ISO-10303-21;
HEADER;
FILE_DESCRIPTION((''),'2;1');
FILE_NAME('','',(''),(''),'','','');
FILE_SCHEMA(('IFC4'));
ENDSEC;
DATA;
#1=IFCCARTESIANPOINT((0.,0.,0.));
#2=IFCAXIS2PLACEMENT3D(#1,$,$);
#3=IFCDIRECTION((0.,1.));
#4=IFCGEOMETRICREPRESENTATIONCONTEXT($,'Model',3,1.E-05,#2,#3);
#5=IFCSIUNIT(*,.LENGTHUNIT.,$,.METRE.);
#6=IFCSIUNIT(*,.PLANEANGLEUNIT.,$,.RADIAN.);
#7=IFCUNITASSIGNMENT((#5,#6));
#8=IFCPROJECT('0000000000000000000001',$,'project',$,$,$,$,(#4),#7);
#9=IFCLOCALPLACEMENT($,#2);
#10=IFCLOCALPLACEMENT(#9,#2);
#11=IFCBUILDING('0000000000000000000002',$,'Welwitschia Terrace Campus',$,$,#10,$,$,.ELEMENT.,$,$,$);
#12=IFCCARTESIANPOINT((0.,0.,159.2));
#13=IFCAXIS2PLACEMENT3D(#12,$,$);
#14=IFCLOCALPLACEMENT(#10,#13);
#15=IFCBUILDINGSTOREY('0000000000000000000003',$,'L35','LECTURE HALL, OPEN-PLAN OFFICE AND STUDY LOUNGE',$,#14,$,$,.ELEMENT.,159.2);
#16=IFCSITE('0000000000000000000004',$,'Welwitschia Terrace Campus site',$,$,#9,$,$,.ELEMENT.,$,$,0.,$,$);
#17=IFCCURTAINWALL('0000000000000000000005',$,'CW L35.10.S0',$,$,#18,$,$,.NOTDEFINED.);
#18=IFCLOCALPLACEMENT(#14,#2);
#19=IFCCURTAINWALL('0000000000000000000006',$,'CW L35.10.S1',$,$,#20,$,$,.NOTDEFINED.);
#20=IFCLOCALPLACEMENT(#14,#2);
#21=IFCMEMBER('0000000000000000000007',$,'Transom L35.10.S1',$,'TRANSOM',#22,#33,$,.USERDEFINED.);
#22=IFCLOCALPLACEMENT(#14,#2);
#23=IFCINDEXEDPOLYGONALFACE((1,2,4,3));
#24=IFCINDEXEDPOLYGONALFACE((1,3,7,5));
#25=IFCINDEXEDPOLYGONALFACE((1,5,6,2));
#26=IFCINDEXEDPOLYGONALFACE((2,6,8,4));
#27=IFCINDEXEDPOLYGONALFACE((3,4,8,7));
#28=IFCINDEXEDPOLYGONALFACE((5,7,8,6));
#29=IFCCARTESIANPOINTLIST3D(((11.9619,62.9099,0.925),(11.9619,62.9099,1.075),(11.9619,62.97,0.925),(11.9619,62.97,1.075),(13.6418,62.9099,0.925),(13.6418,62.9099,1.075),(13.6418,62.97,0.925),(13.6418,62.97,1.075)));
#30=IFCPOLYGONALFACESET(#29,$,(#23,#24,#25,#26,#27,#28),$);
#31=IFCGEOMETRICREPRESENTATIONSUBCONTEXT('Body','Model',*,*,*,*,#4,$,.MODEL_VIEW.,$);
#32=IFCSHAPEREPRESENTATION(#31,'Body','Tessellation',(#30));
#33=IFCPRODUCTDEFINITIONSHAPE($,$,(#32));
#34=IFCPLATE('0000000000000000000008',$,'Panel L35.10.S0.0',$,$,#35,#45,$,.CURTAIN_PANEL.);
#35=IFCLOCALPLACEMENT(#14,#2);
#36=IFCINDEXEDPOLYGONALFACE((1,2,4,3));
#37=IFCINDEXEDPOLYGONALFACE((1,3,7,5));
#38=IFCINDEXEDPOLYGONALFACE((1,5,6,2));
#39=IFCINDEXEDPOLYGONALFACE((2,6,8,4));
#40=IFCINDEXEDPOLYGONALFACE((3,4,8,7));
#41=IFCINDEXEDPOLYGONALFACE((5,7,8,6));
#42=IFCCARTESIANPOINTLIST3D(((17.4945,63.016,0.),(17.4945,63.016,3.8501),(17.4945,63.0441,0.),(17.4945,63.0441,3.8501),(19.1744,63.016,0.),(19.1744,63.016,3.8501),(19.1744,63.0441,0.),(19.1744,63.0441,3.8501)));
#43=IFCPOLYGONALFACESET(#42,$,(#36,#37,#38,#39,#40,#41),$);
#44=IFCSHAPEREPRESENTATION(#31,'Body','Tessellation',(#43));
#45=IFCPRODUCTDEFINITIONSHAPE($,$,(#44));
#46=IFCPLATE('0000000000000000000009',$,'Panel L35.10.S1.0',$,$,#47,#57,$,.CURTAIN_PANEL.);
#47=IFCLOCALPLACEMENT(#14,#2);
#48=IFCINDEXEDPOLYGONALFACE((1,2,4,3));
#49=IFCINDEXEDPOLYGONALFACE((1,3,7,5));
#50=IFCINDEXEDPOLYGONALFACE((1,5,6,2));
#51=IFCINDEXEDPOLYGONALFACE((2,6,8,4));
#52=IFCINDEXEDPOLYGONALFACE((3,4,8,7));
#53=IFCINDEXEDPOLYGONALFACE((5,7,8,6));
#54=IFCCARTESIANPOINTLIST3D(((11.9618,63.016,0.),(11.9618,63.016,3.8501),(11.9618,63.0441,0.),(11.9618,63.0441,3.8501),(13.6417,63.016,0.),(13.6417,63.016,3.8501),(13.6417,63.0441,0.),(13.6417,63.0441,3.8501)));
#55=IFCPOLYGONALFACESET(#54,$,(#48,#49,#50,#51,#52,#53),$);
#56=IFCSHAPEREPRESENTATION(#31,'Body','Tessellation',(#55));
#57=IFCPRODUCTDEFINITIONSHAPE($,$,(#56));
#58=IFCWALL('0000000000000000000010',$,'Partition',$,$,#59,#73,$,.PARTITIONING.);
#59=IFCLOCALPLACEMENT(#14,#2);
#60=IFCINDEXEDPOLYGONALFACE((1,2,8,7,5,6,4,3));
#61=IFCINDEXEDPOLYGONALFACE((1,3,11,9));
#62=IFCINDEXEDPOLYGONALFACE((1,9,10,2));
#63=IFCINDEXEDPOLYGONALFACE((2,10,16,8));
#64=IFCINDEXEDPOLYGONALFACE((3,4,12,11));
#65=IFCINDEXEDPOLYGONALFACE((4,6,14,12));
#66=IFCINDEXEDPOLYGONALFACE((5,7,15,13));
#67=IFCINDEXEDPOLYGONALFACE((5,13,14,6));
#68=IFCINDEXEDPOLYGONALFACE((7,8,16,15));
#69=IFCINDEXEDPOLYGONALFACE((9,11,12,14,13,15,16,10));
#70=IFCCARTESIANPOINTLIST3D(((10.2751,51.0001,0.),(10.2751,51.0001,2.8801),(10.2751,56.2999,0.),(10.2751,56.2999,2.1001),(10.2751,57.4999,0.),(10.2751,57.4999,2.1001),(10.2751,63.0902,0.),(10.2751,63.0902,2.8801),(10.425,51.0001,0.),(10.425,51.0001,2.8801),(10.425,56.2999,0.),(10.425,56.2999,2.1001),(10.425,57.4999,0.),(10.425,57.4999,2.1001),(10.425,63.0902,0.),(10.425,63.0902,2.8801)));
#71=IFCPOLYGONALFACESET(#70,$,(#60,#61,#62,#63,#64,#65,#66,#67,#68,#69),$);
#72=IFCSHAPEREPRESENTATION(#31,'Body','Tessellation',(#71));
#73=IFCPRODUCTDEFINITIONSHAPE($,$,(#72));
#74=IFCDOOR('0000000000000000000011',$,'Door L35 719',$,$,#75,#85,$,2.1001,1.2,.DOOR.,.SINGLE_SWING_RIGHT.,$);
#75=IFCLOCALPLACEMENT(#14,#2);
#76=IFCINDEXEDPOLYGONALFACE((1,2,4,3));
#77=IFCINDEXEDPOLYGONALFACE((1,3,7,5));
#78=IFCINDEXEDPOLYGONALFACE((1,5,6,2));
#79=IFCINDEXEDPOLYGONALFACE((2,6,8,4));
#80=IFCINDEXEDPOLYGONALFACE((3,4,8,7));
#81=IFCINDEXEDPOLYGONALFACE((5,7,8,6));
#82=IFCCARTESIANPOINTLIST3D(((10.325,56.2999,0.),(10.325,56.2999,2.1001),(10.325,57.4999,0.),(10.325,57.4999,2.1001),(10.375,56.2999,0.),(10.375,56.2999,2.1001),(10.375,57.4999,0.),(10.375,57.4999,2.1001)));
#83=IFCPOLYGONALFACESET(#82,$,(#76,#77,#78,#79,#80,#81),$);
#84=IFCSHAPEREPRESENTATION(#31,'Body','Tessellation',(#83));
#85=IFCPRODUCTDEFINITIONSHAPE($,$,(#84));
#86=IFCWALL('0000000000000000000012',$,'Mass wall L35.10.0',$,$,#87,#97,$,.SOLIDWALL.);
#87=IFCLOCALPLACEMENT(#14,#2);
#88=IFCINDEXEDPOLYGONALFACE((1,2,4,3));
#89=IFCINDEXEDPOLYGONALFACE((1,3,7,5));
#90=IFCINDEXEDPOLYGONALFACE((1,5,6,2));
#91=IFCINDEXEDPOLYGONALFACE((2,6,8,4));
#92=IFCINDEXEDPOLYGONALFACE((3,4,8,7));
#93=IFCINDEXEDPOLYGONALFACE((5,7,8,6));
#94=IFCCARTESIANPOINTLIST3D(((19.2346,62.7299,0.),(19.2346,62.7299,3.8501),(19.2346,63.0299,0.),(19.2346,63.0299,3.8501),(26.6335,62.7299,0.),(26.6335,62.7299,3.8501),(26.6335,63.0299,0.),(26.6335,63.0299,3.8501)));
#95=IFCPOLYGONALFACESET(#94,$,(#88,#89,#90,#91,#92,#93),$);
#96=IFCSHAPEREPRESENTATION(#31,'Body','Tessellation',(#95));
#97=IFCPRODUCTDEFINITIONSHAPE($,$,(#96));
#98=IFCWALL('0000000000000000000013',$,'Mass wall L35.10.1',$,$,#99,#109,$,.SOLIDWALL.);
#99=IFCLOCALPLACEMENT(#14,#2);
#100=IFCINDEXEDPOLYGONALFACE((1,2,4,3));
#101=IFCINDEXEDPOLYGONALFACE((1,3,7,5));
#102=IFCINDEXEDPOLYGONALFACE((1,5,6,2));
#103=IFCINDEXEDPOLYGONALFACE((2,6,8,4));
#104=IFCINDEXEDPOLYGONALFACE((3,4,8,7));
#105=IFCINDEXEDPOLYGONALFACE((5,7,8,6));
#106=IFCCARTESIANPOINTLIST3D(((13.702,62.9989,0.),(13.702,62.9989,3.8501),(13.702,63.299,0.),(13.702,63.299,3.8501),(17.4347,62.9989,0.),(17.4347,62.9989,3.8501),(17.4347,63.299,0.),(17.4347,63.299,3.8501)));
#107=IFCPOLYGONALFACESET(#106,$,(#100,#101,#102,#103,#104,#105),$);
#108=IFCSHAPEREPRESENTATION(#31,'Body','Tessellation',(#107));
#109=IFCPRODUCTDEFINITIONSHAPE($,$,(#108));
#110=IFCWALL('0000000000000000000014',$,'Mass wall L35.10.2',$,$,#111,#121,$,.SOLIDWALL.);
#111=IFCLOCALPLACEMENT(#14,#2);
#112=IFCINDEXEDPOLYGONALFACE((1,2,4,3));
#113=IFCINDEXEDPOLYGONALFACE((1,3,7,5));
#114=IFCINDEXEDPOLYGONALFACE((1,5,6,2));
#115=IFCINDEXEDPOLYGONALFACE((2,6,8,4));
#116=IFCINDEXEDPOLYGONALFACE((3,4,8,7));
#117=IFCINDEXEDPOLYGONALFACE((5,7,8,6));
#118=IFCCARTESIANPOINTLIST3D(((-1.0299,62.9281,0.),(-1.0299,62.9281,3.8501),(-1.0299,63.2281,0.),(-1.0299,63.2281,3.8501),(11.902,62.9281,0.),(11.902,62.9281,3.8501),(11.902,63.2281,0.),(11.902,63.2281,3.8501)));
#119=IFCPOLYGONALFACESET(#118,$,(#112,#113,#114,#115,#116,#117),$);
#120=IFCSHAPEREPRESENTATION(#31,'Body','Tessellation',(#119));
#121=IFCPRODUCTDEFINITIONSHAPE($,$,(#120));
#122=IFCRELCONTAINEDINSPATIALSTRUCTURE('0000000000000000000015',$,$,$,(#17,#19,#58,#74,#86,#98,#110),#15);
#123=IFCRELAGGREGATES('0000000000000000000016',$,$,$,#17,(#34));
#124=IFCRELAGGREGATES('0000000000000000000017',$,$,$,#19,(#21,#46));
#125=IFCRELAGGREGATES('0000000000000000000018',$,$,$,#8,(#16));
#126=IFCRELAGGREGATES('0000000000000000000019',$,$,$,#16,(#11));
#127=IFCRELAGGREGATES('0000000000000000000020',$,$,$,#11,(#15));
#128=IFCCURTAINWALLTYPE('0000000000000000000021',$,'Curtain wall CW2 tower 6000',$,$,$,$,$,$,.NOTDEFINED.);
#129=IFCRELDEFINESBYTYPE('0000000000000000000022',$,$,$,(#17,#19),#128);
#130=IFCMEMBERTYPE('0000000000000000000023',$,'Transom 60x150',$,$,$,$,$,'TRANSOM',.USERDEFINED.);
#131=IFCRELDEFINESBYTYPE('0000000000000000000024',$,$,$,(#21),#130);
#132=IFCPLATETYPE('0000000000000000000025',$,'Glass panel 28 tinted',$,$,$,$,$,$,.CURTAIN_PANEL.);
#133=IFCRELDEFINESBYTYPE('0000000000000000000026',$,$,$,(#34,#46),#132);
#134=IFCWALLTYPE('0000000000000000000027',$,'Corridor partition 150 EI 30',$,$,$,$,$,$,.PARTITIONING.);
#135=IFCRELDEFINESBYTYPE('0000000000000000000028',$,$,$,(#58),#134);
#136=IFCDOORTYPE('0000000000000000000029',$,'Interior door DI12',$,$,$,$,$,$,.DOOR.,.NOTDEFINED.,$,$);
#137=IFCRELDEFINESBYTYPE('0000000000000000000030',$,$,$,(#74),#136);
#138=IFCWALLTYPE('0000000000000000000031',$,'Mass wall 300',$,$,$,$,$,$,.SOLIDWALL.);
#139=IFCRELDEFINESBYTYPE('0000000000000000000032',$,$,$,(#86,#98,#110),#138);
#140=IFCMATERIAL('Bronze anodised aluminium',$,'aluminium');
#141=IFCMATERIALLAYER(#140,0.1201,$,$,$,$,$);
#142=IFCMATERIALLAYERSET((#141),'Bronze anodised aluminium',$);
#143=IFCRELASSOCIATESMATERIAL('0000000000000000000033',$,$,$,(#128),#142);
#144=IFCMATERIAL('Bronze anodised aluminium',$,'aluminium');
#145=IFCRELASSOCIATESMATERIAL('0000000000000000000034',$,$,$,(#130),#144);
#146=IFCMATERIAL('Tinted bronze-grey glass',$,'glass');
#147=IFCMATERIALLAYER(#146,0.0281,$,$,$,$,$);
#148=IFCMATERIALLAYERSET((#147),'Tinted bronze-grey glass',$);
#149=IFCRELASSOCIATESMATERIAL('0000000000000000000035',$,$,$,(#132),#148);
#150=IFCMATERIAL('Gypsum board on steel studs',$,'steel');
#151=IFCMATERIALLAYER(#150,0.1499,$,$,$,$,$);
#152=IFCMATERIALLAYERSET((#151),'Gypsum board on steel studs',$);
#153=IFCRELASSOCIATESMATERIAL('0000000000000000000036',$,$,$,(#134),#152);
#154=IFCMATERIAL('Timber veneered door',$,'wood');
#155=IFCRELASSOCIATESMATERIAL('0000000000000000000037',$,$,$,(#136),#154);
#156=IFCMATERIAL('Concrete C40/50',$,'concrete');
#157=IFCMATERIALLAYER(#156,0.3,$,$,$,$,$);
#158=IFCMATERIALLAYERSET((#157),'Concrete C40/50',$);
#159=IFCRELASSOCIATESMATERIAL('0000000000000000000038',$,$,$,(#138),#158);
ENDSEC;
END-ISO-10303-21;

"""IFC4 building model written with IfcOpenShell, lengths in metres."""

from ifc_helpers import new_model, si_unit, direction, frame, frame_2d, origin, origin_2d, place, context, subcontext, project, spatial, rectangle, extrude, material, layer, layer_set, material_profile, profile_set, type_object, element, fill, aggregate, save


model = new_model("IFC4")

# Units and contexts
model_context = context("Model", 3, precision=1e-05, world=origin(), true_north=direction((0.0, 1.0)))
body_context = subcontext(model_context, "Body", "Model", "MODEL_VIEW")
ifc_project = project(units=[si_unit("LENGTHUNIT", "METRE"), si_unit("PLANEANGLEUNIT", "RADIAN")], contexts=[model_context])

# Site, building, storey
site_placement = place(None, origin())
site = spatial("IfcSite", under=ifc_project, at=site_placement, Name="Welwitschia Terrace Campus site", CompositionType="ELEMENT", RefElevation=0.0)
building_placement = place(site_placement, origin())
building = spatial("IfcBuilding", under=site, at=building_placement, Name="Welwitschia Terrace Campus", CompositionType="ELEMENT")
storey_placement = place(building_placement, frame((0.0, 0.0, 159.2)))
storey = spatial("IfcBuildingStorey", under=building, at=storey_placement, Name="L35", Description="LECTURE HALL, OPEN-PLAN OFFICE AND STUDY LOUNGE", CompositionType="ELEMENT", Elevation=159.2)

# Shared definitions
ifc_material_1 = material(Name="Bronze anodised aluminium", Category="aluminium")
ifc_layer_1 = layer(ifc_material_1, 0.1201)
ifc_layer_set_1 = layer_set([ifc_layer_1], Name="Bronze anodised aluminium")
curtain_wall_type = type_object("IfcCurtainWallType", Name="Curtain wall CW2 tower 6000", PredefinedType="NOTDEFINED", material=ifc_layer_set_1)

# Curtain walls
curtain_wall_1_placement = place(storey_placement, origin())
curtain_wall_1 = element("IfcCurtainWall", 1, at=curtain_wall_1_placement, inside=storey, type_object=curtain_wall_type, Name="CW L35.10.S0", PredefinedType="NOTDEFINED")
curtain_wall_2_placement = place(storey_placement, origin())
curtain_wall_2 = element("IfcCurtainWall", 2, at=curtain_wall_2_placement, inside=storey, type_object=curtain_wall_type, Name="CW L35.10.S1", PredefinedType="NOTDEFINED")

# Member
ifc_material_2 = material(Name="Bronze anodised aluminium", Category="aluminium")
ifc_material_profile_1 = material_profile(ifc_material_2, rectangle(XDim=0.0601, YDim=0.1499, at=origin_2d()))
ifc_profile_set_1 = profile_set([ifc_material_profile_1], Name="Bronze anodised aluminium")
member_type_1 = type_object("IfcMemberType", Name="Transom 60x150", ElementType="TRANSOM", PredefinedType="USERDEFINED", material=ifc_profile_set_1)
member_1_placement = place(storey_placement, frame((13.6418, 62.9399, 1.0), z_axis=(-1.0, 0.0, 0.0), x_axis=(0.0, -1.0, 0.0)))
member_1 = element("IfcMember", 3, at=member_1_placement, type_object=member_type_1, Name="Transom L35.10.S1", ObjectType="TRANSOM", PredefinedType="USERDEFINED", context=body_context, shape_type="SweptSolid", body=[
    extrude(rectangle(XDim=0.0601, YDim=0.1499, at=origin_2d()), origin(), (0.0, 0.0, 1.0), 1.6799),
])

# Plates
ifc_material_3 = material(Name="Tinted bronze-grey glass", Category="glass")
ifc_layer_2 = layer(ifc_material_3, 0.0281)
ifc_layer_set_2 = layer_set([ifc_layer_2], Name="Tinted bronze-grey glass")
plate_type = type_object("IfcPlateType", Name="Glass panel 28 tinted", PredefinedType="CURTAIN_PANEL", material=ifc_layer_set_2)
plate_1_placement = place(storey_placement, frame((18.3345, 63.03, 0.0), z_axis=(0.0, 0.0, 1.0), x_axis=(-1.0, 0.0, 0.0)))
plate_1 = element("IfcPlate", 4, at=plate_1_placement, type_object=plate_type, Name="Panel L35.10.S0.0", PredefinedType="CURTAIN_PANEL", context=body_context, shape_type="SweptSolid", body=[
    extrude(rectangle(XDim=1.6799, YDim=0.0281, at=origin_2d()), origin(), (0.0, 0.0, 1.0), 3.8501),
])
aggregate(curtain_wall_1, [plate_1])
plate_2_placement = place(storey_placement, frame((12.8018, 63.03, 0.0), z_axis=(0.0, 0.0, 1.0), x_axis=(-1.0, 0.0, 0.0)))
plate_2 = element("IfcPlate", 5, at=plate_2_placement, type_object=plate_type, Name="Panel L35.10.S1.0", PredefinedType="CURTAIN_PANEL", context=body_context, shape_type="SweptSolid", body=[
    extrude(rectangle(XDim=1.6799, YDim=0.0281, at=origin_2d()), origin(), (0.0, 0.0, 1.0), 3.8501),
])
aggregate(curtain_wall_2, [member_1, plate_2])

# Wall, opening, door
ifc_material_4 = material(Name="Gypsum board on steel studs", Category="steel")
ifc_layer_3 = layer(ifc_material_4, 0.1499)
ifc_layer_set_3 = layer_set([ifc_layer_3], Name="Gypsum board on steel studs")
wall_type_1 = type_object("IfcWallType", Name="Corridor partition 150 EI 30", PredefinedType="PARTITIONING", material=ifc_layer_set_3)
wall_1_placement = place(storey_placement, frame((10.3501, 63.0901, 0.0), z_axis=(0.0, 0.0, 1.0), x_axis=(0.0, -1.0, 0.0)))
wall_1 = element("IfcWall", 6, at=wall_1_placement, inside=storey, type_object=wall_type_1, Name="Partition", PredefinedType="PARTITIONING", context=body_context, shape_type="SweptSolid", body=[
    extrude(rectangle(XDim=12.0901, YDim=0.1499, at=frame_2d((6.0449, 0.0))), origin(), (0.0, 0.0, 1.0), 2.8801),
])
opening_placement = place(wall_1_placement, frame((5.5901, 0.0, 0.0)))
opening = element("IfcOpeningElement", 7, at=opening_placement, cuts=wall_1, PredefinedType="OPENING", context=body_context, shape_type="SweptSolid", body=[
    extrude(rectangle(XDim=1.2, YDim=2.1001, at=frame_2d((0.6001, 1.05))), frame((0.0, 0.085, 0.0), z_axis=(0.0, -1.0, 0.0), x_axis=(1.0, 0.0, 0.0)), (0.0, 0.0, 1.0), 0.1699),
])
ifc_material_5 = material(Name="Timber veneered door", Category="wood")
door_type = type_object("IfcDoorType", Name="Interior door DI12", OperationType="NOTDEFINED", PredefinedType="DOOR", material=ifc_material_5)
door_placement = place(opening_placement, origin())
door = element("IfcDoor", 8, at=door_placement, inside=storey, type_object=door_type, Name="Door L35 719", OperationType="SINGLE_SWING_RIGHT", OverallHeight=2.1001, OverallWidth=1.2, PredefinedType="DOOR", context=body_context, shape_type="SweptSolid", body=[
    extrude(rectangle(XDim=1.2, YDim=2.1001, at=frame_2d((0.6001, 1.05))), frame((0.0, 0.0249, 0.0), z_axis=(0.0, -1.0, 0.0), x_axis=(1.0, 0.0, 0.0)), (0.0, 0.0, 1.0), 0.05),
])
fill(opening, door)

# Walls
ifc_material_6 = material(Name="Concrete C40/50", Category="concrete")
ifc_layer_4 = layer(ifc_material_6, 0.3)
ifc_layer_set_4 = layer_set([ifc_layer_4], Name="Concrete C40/50")
wall_type_2 = type_object("IfcWallType", Name="Mass wall 300", PredefinedType="SOLIDWALL", material=ifc_layer_set_4)
wall_2_placement = place(storey_placement, frame((26.6335, 62.8799, 0.0), z_axis=(0.0, 0.0, 1.0), x_axis=(-1.0, 0.0, 0.0)))
element("IfcWall", 9, at=wall_2_placement, inside=storey, type_object=wall_type_2, Name="Mass wall L35.10.0", PredefinedType="SOLIDWALL", context=body_context, shape_type="SweptSolid", body=[
    extrude(rectangle(XDim=7.3989, YDim=0.3, at=frame_2d((3.6995, 0.0))), origin(), (0.0, 0.0, 1.0), 3.8501),
])
wall_3_placement = place(storey_placement, frame((17.4346, 63.1489, 0.0), z_axis=(0.0, 0.0, 1.0), x_axis=(-1.0, 0.0, 0.0)))
element("IfcWall", 10, at=wall_3_placement, inside=storey, type_object=wall_type_2, Name="Mass wall L35.10.1", PredefinedType="SOLIDWALL", context=body_context, shape_type="SweptSolid", body=[
    extrude(rectangle(XDim=3.7327, YDim=0.3, at=frame_2d((1.8662, 0.0))), origin(), (0.0, 0.0, 1.0), 3.8501),
])
wall_4_placement = place(storey_placement, frame((11.9019, 63.0781, 0.0), z_axis=(0.0, 0.0, 1.0), x_axis=(-1.0, 0.0, 0.0)))
element("IfcWall", 11, at=wall_4_placement, inside=storey, type_object=wall_type_2, Name="Mass wall L35.10.2", PredefinedType="SOLIDWALL", context=body_context, shape_type="SweptSolid", body=[
    extrude(rectangle(XDim=12.9319, YDim=0.3, at=frame_2d((6.4658, 0.0))), origin(), (0.0, 0.0, 1.0), 3.8501),
])

save(model, "model.ifc")
